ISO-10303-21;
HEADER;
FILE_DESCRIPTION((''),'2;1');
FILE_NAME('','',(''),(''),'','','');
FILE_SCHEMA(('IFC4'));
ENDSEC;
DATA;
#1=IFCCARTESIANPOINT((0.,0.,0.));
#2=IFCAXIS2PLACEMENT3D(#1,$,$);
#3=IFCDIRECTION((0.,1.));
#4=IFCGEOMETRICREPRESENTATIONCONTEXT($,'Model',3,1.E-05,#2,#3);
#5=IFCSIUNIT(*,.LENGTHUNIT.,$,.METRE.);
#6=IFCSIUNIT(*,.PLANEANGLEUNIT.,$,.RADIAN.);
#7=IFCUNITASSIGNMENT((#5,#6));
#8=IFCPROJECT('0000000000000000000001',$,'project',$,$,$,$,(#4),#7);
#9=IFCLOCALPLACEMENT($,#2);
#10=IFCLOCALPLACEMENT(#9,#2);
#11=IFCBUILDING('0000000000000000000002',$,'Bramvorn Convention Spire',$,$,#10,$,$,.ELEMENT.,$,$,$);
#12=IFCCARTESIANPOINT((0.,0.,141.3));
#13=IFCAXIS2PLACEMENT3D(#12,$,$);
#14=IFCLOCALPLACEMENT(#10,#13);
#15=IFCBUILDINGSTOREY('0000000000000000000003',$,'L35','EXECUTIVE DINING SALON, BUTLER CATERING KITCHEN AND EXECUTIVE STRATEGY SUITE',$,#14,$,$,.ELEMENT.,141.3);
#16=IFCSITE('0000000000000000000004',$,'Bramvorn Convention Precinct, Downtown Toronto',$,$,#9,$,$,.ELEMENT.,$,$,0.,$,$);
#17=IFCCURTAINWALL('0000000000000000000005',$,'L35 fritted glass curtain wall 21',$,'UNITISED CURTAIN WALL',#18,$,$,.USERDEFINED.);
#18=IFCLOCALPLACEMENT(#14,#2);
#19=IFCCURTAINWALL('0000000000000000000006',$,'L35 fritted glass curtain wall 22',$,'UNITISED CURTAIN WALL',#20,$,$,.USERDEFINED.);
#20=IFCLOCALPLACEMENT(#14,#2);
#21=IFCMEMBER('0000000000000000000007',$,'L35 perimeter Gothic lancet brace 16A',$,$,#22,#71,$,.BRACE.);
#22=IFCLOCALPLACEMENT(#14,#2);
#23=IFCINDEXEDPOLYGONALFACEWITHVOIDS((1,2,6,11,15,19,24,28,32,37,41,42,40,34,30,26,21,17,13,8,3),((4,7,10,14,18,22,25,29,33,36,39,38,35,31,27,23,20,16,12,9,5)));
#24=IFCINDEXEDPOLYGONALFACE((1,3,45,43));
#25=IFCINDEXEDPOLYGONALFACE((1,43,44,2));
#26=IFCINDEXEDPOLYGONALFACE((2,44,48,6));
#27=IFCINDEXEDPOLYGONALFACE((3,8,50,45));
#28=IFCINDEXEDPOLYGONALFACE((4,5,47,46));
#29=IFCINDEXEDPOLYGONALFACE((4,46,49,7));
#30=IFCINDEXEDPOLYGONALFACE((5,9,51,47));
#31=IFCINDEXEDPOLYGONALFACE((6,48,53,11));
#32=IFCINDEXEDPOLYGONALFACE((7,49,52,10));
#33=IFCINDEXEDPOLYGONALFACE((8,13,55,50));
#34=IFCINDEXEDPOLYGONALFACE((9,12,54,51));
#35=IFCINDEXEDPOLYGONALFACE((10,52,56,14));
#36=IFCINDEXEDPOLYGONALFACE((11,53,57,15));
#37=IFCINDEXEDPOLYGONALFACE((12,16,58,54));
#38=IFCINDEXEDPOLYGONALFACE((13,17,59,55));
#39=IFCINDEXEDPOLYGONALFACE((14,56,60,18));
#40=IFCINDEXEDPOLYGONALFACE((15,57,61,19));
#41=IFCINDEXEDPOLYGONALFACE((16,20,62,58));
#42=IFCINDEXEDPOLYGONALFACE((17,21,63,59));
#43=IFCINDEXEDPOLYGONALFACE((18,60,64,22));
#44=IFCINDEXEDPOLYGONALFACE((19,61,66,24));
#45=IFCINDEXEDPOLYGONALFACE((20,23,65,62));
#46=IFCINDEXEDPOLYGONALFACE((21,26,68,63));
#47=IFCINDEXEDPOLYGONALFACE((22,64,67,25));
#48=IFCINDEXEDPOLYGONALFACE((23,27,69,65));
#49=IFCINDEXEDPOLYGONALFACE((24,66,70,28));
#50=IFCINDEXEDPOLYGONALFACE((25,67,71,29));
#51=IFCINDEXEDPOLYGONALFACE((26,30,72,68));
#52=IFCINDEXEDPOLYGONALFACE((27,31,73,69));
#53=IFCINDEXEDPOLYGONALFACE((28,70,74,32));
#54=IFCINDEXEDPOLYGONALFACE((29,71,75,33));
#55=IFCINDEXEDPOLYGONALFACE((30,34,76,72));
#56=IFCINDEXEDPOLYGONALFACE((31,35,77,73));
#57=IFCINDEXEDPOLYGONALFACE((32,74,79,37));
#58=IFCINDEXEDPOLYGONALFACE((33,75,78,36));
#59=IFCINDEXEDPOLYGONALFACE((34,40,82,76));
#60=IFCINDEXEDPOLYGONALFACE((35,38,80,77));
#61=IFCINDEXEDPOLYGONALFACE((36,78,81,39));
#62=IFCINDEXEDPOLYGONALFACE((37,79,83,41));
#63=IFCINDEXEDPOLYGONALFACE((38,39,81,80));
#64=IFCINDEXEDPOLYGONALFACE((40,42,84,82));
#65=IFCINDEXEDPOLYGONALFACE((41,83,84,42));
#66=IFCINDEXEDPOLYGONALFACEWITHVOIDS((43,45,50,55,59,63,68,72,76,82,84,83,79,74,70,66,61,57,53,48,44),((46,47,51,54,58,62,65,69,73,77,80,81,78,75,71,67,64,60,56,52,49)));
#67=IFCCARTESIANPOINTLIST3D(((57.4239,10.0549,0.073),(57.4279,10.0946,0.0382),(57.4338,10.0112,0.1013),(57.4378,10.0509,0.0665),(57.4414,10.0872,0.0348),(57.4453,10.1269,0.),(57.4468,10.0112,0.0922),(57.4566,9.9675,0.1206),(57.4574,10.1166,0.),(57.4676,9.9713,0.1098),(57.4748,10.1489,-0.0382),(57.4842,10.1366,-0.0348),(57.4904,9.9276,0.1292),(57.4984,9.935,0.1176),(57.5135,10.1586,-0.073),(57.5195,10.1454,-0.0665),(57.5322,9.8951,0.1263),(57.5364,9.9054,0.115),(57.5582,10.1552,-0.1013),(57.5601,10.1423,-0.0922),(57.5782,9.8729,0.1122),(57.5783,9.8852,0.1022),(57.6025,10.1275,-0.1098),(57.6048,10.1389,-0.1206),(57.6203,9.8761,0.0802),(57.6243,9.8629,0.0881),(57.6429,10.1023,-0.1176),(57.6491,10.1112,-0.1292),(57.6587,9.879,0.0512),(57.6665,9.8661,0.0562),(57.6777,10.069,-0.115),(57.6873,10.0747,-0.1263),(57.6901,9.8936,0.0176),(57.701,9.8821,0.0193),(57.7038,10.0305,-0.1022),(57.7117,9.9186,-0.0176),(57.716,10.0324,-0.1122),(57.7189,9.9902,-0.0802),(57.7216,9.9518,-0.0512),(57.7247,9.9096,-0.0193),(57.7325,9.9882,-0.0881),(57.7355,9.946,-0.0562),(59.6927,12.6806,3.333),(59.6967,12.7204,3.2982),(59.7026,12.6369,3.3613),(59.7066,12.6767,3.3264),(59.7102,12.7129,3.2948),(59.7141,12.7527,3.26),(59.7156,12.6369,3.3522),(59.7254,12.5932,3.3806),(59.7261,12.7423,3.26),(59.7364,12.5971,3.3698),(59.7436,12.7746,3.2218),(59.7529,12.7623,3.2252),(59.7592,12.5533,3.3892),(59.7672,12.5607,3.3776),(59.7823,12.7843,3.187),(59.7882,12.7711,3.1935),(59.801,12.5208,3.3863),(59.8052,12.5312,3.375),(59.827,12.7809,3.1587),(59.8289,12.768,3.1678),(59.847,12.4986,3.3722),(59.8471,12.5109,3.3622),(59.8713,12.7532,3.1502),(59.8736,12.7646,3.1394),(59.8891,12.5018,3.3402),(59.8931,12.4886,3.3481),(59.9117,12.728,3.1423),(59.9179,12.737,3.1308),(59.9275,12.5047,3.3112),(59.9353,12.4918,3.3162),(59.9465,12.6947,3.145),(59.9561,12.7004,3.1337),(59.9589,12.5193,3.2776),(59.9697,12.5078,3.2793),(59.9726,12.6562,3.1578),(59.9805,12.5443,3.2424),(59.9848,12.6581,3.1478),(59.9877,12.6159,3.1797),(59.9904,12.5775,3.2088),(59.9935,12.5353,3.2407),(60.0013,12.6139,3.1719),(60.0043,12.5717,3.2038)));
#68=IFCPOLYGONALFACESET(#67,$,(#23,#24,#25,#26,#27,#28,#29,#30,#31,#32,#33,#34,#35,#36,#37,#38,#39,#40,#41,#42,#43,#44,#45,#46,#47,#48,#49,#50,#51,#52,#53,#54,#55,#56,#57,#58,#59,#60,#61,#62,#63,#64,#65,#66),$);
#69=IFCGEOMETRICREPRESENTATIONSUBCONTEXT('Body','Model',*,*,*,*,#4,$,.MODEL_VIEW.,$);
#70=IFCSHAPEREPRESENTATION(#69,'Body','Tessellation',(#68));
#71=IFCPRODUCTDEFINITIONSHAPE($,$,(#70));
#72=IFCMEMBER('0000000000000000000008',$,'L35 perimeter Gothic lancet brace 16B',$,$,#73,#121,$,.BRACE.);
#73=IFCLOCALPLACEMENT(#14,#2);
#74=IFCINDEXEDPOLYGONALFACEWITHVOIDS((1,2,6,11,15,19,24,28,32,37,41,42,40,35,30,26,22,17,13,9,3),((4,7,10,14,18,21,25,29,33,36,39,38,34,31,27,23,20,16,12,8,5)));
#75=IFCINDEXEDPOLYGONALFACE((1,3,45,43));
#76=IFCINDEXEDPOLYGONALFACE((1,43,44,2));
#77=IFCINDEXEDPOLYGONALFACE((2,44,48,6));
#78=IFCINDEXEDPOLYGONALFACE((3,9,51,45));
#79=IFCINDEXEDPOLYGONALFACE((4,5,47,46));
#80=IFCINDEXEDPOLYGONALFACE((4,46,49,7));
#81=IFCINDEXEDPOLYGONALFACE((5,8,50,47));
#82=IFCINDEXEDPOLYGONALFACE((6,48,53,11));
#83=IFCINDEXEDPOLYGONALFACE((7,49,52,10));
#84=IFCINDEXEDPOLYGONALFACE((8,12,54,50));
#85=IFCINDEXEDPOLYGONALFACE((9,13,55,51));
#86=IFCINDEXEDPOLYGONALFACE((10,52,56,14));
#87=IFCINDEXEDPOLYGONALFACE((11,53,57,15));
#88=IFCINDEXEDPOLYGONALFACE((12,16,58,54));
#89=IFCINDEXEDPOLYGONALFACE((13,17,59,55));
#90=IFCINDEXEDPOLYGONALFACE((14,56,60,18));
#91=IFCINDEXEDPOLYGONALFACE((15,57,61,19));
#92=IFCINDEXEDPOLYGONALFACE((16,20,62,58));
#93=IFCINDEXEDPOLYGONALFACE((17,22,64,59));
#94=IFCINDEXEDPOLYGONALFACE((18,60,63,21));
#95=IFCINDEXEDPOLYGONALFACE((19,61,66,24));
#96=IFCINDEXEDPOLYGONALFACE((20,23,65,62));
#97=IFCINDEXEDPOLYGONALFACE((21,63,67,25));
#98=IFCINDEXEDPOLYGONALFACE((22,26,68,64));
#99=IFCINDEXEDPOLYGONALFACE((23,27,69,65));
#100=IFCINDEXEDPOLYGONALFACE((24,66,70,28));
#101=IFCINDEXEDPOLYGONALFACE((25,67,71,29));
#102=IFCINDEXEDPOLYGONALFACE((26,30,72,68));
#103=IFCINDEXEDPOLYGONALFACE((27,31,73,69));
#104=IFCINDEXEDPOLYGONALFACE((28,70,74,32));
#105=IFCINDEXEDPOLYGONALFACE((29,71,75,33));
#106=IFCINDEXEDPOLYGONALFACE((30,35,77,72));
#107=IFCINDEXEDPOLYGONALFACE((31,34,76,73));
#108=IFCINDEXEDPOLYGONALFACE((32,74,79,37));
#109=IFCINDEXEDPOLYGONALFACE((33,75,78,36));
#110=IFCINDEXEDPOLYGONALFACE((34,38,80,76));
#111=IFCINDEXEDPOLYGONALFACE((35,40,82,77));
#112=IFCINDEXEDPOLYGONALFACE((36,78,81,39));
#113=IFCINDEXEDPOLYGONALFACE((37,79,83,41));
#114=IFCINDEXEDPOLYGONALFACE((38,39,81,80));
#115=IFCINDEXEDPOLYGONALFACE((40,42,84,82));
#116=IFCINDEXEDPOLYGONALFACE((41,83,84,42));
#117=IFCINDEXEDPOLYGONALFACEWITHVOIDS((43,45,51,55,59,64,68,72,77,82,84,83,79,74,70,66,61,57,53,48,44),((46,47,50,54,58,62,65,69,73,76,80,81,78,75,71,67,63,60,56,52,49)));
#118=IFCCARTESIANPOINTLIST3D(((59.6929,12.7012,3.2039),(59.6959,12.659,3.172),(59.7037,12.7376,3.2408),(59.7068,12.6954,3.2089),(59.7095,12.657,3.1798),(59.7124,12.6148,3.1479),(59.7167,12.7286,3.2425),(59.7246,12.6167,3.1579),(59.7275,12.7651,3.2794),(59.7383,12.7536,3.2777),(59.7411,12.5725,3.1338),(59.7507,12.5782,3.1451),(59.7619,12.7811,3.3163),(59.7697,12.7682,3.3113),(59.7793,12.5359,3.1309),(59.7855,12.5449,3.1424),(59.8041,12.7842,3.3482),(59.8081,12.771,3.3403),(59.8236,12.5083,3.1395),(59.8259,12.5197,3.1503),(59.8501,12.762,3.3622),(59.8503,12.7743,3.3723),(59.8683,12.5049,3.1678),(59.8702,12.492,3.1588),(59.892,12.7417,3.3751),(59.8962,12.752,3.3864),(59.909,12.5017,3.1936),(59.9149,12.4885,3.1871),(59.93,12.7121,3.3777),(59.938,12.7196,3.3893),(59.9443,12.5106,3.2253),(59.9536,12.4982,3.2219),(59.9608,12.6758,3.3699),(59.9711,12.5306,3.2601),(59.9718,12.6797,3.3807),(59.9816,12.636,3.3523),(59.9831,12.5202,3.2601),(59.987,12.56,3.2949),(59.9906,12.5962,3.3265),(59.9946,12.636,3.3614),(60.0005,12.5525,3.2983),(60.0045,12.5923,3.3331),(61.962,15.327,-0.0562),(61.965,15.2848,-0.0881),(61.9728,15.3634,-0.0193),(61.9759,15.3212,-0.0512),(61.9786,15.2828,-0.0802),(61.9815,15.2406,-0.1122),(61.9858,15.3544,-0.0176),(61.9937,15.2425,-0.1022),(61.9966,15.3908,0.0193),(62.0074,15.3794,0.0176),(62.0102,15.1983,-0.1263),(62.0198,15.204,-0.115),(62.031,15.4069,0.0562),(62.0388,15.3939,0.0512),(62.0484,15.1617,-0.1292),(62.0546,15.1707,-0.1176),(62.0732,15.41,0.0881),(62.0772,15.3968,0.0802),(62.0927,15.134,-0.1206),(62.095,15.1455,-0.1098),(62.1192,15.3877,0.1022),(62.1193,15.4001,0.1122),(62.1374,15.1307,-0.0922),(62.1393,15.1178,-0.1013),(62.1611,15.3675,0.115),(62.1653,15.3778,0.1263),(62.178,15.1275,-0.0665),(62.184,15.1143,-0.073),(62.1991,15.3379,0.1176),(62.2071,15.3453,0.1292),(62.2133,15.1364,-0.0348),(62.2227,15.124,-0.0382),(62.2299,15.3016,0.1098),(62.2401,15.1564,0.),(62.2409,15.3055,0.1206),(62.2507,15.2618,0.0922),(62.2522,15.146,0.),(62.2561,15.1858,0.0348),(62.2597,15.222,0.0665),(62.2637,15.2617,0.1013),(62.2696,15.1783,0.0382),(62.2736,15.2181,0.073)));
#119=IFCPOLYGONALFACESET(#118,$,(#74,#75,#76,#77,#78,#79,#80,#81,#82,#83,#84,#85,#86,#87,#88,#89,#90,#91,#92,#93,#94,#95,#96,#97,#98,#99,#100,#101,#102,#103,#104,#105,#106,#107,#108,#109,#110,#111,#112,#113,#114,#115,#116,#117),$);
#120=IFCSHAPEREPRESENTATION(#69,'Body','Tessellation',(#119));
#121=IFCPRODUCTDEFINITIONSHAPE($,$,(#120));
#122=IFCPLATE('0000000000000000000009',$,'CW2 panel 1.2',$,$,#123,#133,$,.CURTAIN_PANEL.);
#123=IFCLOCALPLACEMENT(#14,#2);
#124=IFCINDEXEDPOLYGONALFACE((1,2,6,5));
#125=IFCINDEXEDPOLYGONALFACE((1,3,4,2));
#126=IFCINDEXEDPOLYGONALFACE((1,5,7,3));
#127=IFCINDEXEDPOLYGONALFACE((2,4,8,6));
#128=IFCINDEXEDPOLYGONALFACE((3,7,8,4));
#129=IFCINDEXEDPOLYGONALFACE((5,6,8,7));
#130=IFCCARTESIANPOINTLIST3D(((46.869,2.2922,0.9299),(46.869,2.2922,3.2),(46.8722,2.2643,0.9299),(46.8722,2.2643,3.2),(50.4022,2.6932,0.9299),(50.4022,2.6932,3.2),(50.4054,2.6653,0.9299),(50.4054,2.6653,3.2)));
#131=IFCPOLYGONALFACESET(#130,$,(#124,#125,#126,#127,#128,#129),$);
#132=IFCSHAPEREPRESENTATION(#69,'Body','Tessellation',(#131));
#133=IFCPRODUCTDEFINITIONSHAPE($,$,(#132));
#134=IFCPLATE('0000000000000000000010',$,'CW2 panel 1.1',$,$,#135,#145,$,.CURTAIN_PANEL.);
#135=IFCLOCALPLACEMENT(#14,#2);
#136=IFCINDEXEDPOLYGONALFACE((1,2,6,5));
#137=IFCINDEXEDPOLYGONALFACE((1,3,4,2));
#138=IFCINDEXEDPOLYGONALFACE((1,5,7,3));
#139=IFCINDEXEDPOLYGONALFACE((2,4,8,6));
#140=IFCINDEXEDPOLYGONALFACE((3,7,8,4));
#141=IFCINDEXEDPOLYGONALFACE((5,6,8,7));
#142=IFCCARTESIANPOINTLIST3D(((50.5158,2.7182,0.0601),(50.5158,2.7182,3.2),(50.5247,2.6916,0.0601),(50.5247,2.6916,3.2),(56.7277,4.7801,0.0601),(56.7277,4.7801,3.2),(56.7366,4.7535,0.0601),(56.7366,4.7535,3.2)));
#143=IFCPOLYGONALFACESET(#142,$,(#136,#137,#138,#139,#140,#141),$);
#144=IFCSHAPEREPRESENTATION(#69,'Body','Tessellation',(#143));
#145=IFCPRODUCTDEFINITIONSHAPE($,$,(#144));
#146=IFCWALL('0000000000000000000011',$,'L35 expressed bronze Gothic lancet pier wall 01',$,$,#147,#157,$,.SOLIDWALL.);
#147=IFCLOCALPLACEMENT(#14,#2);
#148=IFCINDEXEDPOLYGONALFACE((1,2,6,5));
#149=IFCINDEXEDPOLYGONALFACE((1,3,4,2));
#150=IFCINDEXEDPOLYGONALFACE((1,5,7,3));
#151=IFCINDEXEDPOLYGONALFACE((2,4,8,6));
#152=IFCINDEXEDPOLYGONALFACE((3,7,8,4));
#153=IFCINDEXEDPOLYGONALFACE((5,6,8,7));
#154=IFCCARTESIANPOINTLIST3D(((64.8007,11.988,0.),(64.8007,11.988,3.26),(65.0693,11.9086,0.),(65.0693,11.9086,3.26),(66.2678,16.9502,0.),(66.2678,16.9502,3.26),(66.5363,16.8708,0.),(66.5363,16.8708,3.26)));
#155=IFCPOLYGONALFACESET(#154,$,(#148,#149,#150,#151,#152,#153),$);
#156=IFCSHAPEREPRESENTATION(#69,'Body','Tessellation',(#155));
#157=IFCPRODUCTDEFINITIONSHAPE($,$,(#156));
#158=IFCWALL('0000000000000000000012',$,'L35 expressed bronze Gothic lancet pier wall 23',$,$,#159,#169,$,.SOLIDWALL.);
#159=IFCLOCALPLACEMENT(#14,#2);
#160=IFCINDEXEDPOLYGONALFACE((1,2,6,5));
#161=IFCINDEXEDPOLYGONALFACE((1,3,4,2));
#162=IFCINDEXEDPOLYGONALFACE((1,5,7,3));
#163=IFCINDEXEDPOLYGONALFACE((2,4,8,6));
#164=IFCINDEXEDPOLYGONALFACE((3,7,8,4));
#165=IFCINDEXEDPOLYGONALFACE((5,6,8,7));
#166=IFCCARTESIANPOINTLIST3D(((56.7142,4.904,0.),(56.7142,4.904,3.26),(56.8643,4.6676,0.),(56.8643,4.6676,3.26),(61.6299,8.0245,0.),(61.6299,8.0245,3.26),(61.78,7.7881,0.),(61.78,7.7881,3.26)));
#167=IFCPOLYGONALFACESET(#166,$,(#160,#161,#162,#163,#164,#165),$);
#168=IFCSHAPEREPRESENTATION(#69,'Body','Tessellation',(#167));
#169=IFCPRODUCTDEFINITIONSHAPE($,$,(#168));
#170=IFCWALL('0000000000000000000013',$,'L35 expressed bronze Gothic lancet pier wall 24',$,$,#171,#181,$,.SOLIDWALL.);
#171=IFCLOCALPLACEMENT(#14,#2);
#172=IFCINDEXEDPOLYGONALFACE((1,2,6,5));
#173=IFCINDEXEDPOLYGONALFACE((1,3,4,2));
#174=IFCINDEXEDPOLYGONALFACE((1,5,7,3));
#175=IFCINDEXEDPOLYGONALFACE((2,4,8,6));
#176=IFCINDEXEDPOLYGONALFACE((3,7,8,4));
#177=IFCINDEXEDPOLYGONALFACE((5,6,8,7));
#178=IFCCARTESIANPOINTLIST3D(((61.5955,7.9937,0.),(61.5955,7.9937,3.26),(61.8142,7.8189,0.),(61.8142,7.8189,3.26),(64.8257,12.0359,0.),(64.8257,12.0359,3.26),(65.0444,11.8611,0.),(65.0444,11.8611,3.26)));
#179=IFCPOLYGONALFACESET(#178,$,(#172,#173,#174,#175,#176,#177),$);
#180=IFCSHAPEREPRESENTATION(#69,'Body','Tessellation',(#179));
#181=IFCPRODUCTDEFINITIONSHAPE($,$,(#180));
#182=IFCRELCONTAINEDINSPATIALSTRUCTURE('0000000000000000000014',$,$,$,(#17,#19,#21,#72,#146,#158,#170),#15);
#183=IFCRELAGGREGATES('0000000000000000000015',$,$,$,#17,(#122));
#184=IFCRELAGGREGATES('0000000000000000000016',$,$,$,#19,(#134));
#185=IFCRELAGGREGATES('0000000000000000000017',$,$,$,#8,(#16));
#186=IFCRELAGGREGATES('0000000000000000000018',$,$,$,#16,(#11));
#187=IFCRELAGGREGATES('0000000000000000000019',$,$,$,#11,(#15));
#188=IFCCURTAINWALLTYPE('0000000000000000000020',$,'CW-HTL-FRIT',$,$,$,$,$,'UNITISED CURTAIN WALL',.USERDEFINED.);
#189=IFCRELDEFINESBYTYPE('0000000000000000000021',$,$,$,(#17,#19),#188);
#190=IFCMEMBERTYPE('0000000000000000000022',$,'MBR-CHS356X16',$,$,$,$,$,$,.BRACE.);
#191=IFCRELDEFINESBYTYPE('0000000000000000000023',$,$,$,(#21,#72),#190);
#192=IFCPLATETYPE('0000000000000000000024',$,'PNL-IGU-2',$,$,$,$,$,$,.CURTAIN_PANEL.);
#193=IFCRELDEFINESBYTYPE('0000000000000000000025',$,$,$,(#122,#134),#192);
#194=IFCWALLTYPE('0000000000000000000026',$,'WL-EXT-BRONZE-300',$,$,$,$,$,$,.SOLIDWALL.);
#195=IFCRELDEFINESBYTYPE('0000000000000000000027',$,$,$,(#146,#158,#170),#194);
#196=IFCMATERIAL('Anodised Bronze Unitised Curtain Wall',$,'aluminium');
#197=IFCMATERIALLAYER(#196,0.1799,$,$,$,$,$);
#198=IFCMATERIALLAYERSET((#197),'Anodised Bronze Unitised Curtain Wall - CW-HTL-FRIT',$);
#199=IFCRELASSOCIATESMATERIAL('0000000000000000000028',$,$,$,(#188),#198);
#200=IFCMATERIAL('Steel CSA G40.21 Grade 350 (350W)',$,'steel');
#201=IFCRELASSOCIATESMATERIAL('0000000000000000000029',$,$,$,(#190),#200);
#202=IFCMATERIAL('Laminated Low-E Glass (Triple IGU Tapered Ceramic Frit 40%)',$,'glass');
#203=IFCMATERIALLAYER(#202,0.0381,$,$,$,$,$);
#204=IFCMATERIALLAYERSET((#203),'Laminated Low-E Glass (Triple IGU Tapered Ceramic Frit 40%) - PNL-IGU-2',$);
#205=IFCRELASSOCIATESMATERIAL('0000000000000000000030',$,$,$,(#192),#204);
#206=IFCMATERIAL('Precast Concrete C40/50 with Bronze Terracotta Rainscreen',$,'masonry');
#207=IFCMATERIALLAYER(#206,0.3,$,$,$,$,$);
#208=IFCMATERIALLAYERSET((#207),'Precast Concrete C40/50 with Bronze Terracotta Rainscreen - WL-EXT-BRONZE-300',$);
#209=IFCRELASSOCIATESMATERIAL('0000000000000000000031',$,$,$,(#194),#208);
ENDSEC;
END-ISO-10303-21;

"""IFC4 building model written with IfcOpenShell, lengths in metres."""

from ifc_helpers import new_model, si_unit, direction, frame, frame_2d, origin, origin_2d, place, context, subcontext, project, spatial, rectangle, hollow_circle, extrude, material, layer, layer_set, material_profile, profile_set, type_object, element, aggregate, save


model = new_model("IFC4")

# Units and contexts
model_context = context("Model", 3, precision=1e-05, world=origin(), true_north=direction((0.0, 1.0)))
body_context = subcontext(model_context, "Body", "Model", "MODEL_VIEW")
ifc_project = project(units=[si_unit("LENGTHUNIT", "METRE"), si_unit("PLANEANGLEUNIT", "RADIAN")], contexts=[model_context])

# Site, building, storey
site_placement = place(None, origin())
site = spatial("IfcSite", under=ifc_project, at=site_placement, Name="Bramvorn Convention Precinct, Downtown Toronto", CompositionType="ELEMENT", RefElevation=0.0)
building_placement = place(site_placement, origin())
building = spatial("IfcBuilding", under=site, at=building_placement, Name="Bramvorn Convention Spire", CompositionType="ELEMENT")
storey_placement = place(building_placement, frame((0.0, 0.0, 141.3)))
storey = spatial("IfcBuildingStorey", under=building, at=storey_placement, Name="L35", Description="EXECUTIVE DINING SALON, BUTLER CATERING KITCHEN AND EXECUTIVE STRATEGY SUITE", CompositionType="ELEMENT", Elevation=141.3)

# Shared definitions
ifc_material_1 = material(Name="Steel CSA G40.21 Grade 350 (350W)", Category="steel")

# Curtain wall
ifc_material_2 = material(Name="Anodised Bronze Unitised Curtain Wall", Category="aluminium")
ifc_layer_1 = layer(ifc_material_2, 0.1799)
ifc_layer_set_1 = layer_set([ifc_layer_1], Name="Anodised Bronze Unitised Curtain Wall - CW-HTL-FRIT")
curtain_wall_type = type_object("IfcCurtainWallType", Name="CW-HTL-FRIT", ElementType="UNITISED CURTAIN WALL", PredefinedType="USERDEFINED", material=ifc_layer_set_1)
curtain_wall_1_placement = place(storey_placement, origin())
curtain_wall_1 = element("IfcCurtainWall", 1, at=curtain_wall_1_placement, inside=storey, type_object=curtain_wall_type, Name="L35 fritted glass curtain wall 21", ObjectType="UNITISED CURTAIN WALL", PredefinedType="USERDEFINED")

# Curtain wall
curtain_wall_2_placement = place(storey_placement, origin())
curtain_wall_2 = element("IfcCurtainWall", 2, at=curtain_wall_2_placement, inside=storey, type_object=curtain_wall_type, Name="L35 fritted glass curtain wall 22", ObjectType="UNITISED CURTAIN WALL", PredefinedType="USERDEFINED")

# Members
ifc_material_profile_1 = material_profile(ifc_material_1, hollow_circle(Radius=0.1777, WallThickness=0.0159, at=origin_2d()))
ifc_profile_set_1 = profile_set([ifc_material_profile_1], Name="Steel CSA G40.21 Grade 350 (350W) - CHS356X16")
member_type_1 = type_object("IfcMemberType", Name="MBR-CHS356X16", PredefinedType="BRACE", material=ifc_profile_set_1)
member_1_placement = place(storey_placement, frame((57.5798, 10.0107, 0.0), z_axis=(0.476512, 0.551479, 0.684695), x_axis=(-0.756663, 0.653805, 0.0)))
element("IfcMember", 3, at=member_1_placement, inside=storey, type_object=member_type_1, Name="L35 perimeter Gothic lancet brace 16A", PredefinedType="BRACE", context=body_context, shape_type="SweptSolid", body=[
    extrude(hollow_circle(Radius=0.1777, WallThickness=0.0159, at=origin_2d()), origin(), (0.0, 0.0, 1.0), 4.7612),
])
member_2_placement = place(storey_placement, frame((62.1177, 15.2622, 0.0), z_axis=(-0.476552, -0.551465, 0.684678), x_axis=(0.756628, -0.653845, 0.0)))
element("IfcMember", 4, at=member_2_placement, inside=storey, type_object=member_type_1, Name="L35 perimeter Gothic lancet brace 16B", PredefinedType="BRACE", context=body_context, shape_type="SweptSolid", body=[
    extrude(hollow_circle(Radius=0.1777, WallThickness=0.0159, at=origin_2d()), origin(), (0.0, 0.0, 1.0), 4.7615),
])

# Plates
ifc_material_3 = material(Name="Laminated Low-E Glass (Triple IGU Tapered Ceramic Frit 40%)", Category="glass")
ifc_layer_2 = layer(ifc_material_3, 0.0381)
ifc_layer_set_2 = layer_set([ifc_layer_2], Name="Laminated Low-E Glass (Triple IGU Tapered Ceramic Frit 40%) - PNL-IGU-2")
plate_type = type_object("IfcPlateType", Name="PNL-IGU-2", PredefinedType="CURTAIN_PANEL", material=ifc_layer_set_2)
plate_1_placement = place(storey_placement, frame((48.6372, 2.4788, 0.9299), z_axis=(0.0, 0.0, 1.0), x_axis=(-0.99362, -0.112784, 0.0)))
plate_1 = element("IfcPlate", 5, at=plate_1_placement, type_object=plate_type, Name="CW2 panel 1.2", PredefinedType="CURTAIN_PANEL", context=body_context, shape_type="SweptSolid", body=[
    extrude(rectangle(XDim=3.5559, YDim=0.0281, at=origin_2d()), origin(), (0.0, 0.0, 1.0), 2.27),
])
aggregate(curtain_wall_1, [plate_1])
plate_2_placement = place(storey_placement, frame((53.6262, 3.7358, 0.0601), z_axis=(0.0, 0.0, 1.0), x_axis=(-0.949082, -0.31503, 0.0)))
plate_2 = element("IfcPlate", 6, at=plate_2_placement, type_object=plate_type, Name="CW2 panel 1.1", PredefinedType="CURTAIN_PANEL", context=body_context, shape_type="SweptSolid", body=[
    extrude(rectangle(XDim=6.5452, YDim=0.0281, at=origin_2d()), origin(), (0.0, 0.0, 1.0), 3.1399),
])
aggregate(curtain_wall_2, [plate_2])

# Walls
ifc_material_4 = material(Name="Precast Concrete C40/50 with Bronze Terracotta Rainscreen", Category="masonry")
ifc_layer_3 = layer(ifc_material_4, 0.3)
ifc_layer_set_3 = layer_set([ifc_layer_3], Name="Precast Concrete C40/50 with Bronze Terracotta Rainscreen - WL-EXT-BRONZE-300")
wall_type_1 = type_object("IfcWallType", Name="WL-EXT-BRONZE-300", PredefinedType="SOLIDWALL", material=ifc_layer_set_3)
wall_1_placement = place(storey_placement, frame((66.4021, 16.9106, 0.0), z_axis=(0.0, 0.0, 1.0), x_axis=(-0.283515, -0.958968, 0.0)))
element("IfcWall", 7, at=wall_1_placement, inside=storey, type_object=wall_type_1, Name="L35 expressed bronze Gothic lancet pier wall 01", PredefinedType="SOLIDWALL", context=body_context, shape_type="SweptSolid", body=[
    extrude(rectangle(XDim=5.1746, YDim=0.28, at=frame_2d((2.5874, 0.0))), origin(), (0.0, 0.0, 1.0), 3.26),
])
wall_2_placement = place(storey_placement, frame((61.7048, 7.9062, 0.0), z_axis=(0.0, 0.0, 1.0), x_axis=(-0.844253, -0.535945, 0.0)))
element("IfcWall", 8, at=wall_2_placement, inside=storey, type_object=wall_type_1, Name="L35 expressed bronze Gothic lancet pier wall 23", PredefinedType="SOLIDWALL", context=body_context, shape_type="SweptSolid", body=[
    extrude(rectangle(XDim=5.8225, YDim=0.28, at=frame_2d((2.9111, 0.0))), origin(), (0.0, 0.0, 1.0), 3.26),
])
wall_3_placement = place(storey_placement, frame((64.9351, 11.9485, 0.0), z_axis=(0.0, 0.0, 1.0), x_axis=(-0.624275, -0.781205, 0.0)))
element("IfcWall", 9, at=wall_3_placement, inside=storey, type_object=wall_type_1, Name="L35 expressed bronze Gothic lancet pier wall 24", PredefinedType="SOLIDWALL", context=body_context, shape_type="SweptSolid", body=[
    extrude(rectangle(XDim=5.1743, YDim=0.28, at=frame_2d((2.5872, 0.0))), origin(), (0.0, 0.0, 1.0), 3.26),
])

save(model, "model.ifc")
